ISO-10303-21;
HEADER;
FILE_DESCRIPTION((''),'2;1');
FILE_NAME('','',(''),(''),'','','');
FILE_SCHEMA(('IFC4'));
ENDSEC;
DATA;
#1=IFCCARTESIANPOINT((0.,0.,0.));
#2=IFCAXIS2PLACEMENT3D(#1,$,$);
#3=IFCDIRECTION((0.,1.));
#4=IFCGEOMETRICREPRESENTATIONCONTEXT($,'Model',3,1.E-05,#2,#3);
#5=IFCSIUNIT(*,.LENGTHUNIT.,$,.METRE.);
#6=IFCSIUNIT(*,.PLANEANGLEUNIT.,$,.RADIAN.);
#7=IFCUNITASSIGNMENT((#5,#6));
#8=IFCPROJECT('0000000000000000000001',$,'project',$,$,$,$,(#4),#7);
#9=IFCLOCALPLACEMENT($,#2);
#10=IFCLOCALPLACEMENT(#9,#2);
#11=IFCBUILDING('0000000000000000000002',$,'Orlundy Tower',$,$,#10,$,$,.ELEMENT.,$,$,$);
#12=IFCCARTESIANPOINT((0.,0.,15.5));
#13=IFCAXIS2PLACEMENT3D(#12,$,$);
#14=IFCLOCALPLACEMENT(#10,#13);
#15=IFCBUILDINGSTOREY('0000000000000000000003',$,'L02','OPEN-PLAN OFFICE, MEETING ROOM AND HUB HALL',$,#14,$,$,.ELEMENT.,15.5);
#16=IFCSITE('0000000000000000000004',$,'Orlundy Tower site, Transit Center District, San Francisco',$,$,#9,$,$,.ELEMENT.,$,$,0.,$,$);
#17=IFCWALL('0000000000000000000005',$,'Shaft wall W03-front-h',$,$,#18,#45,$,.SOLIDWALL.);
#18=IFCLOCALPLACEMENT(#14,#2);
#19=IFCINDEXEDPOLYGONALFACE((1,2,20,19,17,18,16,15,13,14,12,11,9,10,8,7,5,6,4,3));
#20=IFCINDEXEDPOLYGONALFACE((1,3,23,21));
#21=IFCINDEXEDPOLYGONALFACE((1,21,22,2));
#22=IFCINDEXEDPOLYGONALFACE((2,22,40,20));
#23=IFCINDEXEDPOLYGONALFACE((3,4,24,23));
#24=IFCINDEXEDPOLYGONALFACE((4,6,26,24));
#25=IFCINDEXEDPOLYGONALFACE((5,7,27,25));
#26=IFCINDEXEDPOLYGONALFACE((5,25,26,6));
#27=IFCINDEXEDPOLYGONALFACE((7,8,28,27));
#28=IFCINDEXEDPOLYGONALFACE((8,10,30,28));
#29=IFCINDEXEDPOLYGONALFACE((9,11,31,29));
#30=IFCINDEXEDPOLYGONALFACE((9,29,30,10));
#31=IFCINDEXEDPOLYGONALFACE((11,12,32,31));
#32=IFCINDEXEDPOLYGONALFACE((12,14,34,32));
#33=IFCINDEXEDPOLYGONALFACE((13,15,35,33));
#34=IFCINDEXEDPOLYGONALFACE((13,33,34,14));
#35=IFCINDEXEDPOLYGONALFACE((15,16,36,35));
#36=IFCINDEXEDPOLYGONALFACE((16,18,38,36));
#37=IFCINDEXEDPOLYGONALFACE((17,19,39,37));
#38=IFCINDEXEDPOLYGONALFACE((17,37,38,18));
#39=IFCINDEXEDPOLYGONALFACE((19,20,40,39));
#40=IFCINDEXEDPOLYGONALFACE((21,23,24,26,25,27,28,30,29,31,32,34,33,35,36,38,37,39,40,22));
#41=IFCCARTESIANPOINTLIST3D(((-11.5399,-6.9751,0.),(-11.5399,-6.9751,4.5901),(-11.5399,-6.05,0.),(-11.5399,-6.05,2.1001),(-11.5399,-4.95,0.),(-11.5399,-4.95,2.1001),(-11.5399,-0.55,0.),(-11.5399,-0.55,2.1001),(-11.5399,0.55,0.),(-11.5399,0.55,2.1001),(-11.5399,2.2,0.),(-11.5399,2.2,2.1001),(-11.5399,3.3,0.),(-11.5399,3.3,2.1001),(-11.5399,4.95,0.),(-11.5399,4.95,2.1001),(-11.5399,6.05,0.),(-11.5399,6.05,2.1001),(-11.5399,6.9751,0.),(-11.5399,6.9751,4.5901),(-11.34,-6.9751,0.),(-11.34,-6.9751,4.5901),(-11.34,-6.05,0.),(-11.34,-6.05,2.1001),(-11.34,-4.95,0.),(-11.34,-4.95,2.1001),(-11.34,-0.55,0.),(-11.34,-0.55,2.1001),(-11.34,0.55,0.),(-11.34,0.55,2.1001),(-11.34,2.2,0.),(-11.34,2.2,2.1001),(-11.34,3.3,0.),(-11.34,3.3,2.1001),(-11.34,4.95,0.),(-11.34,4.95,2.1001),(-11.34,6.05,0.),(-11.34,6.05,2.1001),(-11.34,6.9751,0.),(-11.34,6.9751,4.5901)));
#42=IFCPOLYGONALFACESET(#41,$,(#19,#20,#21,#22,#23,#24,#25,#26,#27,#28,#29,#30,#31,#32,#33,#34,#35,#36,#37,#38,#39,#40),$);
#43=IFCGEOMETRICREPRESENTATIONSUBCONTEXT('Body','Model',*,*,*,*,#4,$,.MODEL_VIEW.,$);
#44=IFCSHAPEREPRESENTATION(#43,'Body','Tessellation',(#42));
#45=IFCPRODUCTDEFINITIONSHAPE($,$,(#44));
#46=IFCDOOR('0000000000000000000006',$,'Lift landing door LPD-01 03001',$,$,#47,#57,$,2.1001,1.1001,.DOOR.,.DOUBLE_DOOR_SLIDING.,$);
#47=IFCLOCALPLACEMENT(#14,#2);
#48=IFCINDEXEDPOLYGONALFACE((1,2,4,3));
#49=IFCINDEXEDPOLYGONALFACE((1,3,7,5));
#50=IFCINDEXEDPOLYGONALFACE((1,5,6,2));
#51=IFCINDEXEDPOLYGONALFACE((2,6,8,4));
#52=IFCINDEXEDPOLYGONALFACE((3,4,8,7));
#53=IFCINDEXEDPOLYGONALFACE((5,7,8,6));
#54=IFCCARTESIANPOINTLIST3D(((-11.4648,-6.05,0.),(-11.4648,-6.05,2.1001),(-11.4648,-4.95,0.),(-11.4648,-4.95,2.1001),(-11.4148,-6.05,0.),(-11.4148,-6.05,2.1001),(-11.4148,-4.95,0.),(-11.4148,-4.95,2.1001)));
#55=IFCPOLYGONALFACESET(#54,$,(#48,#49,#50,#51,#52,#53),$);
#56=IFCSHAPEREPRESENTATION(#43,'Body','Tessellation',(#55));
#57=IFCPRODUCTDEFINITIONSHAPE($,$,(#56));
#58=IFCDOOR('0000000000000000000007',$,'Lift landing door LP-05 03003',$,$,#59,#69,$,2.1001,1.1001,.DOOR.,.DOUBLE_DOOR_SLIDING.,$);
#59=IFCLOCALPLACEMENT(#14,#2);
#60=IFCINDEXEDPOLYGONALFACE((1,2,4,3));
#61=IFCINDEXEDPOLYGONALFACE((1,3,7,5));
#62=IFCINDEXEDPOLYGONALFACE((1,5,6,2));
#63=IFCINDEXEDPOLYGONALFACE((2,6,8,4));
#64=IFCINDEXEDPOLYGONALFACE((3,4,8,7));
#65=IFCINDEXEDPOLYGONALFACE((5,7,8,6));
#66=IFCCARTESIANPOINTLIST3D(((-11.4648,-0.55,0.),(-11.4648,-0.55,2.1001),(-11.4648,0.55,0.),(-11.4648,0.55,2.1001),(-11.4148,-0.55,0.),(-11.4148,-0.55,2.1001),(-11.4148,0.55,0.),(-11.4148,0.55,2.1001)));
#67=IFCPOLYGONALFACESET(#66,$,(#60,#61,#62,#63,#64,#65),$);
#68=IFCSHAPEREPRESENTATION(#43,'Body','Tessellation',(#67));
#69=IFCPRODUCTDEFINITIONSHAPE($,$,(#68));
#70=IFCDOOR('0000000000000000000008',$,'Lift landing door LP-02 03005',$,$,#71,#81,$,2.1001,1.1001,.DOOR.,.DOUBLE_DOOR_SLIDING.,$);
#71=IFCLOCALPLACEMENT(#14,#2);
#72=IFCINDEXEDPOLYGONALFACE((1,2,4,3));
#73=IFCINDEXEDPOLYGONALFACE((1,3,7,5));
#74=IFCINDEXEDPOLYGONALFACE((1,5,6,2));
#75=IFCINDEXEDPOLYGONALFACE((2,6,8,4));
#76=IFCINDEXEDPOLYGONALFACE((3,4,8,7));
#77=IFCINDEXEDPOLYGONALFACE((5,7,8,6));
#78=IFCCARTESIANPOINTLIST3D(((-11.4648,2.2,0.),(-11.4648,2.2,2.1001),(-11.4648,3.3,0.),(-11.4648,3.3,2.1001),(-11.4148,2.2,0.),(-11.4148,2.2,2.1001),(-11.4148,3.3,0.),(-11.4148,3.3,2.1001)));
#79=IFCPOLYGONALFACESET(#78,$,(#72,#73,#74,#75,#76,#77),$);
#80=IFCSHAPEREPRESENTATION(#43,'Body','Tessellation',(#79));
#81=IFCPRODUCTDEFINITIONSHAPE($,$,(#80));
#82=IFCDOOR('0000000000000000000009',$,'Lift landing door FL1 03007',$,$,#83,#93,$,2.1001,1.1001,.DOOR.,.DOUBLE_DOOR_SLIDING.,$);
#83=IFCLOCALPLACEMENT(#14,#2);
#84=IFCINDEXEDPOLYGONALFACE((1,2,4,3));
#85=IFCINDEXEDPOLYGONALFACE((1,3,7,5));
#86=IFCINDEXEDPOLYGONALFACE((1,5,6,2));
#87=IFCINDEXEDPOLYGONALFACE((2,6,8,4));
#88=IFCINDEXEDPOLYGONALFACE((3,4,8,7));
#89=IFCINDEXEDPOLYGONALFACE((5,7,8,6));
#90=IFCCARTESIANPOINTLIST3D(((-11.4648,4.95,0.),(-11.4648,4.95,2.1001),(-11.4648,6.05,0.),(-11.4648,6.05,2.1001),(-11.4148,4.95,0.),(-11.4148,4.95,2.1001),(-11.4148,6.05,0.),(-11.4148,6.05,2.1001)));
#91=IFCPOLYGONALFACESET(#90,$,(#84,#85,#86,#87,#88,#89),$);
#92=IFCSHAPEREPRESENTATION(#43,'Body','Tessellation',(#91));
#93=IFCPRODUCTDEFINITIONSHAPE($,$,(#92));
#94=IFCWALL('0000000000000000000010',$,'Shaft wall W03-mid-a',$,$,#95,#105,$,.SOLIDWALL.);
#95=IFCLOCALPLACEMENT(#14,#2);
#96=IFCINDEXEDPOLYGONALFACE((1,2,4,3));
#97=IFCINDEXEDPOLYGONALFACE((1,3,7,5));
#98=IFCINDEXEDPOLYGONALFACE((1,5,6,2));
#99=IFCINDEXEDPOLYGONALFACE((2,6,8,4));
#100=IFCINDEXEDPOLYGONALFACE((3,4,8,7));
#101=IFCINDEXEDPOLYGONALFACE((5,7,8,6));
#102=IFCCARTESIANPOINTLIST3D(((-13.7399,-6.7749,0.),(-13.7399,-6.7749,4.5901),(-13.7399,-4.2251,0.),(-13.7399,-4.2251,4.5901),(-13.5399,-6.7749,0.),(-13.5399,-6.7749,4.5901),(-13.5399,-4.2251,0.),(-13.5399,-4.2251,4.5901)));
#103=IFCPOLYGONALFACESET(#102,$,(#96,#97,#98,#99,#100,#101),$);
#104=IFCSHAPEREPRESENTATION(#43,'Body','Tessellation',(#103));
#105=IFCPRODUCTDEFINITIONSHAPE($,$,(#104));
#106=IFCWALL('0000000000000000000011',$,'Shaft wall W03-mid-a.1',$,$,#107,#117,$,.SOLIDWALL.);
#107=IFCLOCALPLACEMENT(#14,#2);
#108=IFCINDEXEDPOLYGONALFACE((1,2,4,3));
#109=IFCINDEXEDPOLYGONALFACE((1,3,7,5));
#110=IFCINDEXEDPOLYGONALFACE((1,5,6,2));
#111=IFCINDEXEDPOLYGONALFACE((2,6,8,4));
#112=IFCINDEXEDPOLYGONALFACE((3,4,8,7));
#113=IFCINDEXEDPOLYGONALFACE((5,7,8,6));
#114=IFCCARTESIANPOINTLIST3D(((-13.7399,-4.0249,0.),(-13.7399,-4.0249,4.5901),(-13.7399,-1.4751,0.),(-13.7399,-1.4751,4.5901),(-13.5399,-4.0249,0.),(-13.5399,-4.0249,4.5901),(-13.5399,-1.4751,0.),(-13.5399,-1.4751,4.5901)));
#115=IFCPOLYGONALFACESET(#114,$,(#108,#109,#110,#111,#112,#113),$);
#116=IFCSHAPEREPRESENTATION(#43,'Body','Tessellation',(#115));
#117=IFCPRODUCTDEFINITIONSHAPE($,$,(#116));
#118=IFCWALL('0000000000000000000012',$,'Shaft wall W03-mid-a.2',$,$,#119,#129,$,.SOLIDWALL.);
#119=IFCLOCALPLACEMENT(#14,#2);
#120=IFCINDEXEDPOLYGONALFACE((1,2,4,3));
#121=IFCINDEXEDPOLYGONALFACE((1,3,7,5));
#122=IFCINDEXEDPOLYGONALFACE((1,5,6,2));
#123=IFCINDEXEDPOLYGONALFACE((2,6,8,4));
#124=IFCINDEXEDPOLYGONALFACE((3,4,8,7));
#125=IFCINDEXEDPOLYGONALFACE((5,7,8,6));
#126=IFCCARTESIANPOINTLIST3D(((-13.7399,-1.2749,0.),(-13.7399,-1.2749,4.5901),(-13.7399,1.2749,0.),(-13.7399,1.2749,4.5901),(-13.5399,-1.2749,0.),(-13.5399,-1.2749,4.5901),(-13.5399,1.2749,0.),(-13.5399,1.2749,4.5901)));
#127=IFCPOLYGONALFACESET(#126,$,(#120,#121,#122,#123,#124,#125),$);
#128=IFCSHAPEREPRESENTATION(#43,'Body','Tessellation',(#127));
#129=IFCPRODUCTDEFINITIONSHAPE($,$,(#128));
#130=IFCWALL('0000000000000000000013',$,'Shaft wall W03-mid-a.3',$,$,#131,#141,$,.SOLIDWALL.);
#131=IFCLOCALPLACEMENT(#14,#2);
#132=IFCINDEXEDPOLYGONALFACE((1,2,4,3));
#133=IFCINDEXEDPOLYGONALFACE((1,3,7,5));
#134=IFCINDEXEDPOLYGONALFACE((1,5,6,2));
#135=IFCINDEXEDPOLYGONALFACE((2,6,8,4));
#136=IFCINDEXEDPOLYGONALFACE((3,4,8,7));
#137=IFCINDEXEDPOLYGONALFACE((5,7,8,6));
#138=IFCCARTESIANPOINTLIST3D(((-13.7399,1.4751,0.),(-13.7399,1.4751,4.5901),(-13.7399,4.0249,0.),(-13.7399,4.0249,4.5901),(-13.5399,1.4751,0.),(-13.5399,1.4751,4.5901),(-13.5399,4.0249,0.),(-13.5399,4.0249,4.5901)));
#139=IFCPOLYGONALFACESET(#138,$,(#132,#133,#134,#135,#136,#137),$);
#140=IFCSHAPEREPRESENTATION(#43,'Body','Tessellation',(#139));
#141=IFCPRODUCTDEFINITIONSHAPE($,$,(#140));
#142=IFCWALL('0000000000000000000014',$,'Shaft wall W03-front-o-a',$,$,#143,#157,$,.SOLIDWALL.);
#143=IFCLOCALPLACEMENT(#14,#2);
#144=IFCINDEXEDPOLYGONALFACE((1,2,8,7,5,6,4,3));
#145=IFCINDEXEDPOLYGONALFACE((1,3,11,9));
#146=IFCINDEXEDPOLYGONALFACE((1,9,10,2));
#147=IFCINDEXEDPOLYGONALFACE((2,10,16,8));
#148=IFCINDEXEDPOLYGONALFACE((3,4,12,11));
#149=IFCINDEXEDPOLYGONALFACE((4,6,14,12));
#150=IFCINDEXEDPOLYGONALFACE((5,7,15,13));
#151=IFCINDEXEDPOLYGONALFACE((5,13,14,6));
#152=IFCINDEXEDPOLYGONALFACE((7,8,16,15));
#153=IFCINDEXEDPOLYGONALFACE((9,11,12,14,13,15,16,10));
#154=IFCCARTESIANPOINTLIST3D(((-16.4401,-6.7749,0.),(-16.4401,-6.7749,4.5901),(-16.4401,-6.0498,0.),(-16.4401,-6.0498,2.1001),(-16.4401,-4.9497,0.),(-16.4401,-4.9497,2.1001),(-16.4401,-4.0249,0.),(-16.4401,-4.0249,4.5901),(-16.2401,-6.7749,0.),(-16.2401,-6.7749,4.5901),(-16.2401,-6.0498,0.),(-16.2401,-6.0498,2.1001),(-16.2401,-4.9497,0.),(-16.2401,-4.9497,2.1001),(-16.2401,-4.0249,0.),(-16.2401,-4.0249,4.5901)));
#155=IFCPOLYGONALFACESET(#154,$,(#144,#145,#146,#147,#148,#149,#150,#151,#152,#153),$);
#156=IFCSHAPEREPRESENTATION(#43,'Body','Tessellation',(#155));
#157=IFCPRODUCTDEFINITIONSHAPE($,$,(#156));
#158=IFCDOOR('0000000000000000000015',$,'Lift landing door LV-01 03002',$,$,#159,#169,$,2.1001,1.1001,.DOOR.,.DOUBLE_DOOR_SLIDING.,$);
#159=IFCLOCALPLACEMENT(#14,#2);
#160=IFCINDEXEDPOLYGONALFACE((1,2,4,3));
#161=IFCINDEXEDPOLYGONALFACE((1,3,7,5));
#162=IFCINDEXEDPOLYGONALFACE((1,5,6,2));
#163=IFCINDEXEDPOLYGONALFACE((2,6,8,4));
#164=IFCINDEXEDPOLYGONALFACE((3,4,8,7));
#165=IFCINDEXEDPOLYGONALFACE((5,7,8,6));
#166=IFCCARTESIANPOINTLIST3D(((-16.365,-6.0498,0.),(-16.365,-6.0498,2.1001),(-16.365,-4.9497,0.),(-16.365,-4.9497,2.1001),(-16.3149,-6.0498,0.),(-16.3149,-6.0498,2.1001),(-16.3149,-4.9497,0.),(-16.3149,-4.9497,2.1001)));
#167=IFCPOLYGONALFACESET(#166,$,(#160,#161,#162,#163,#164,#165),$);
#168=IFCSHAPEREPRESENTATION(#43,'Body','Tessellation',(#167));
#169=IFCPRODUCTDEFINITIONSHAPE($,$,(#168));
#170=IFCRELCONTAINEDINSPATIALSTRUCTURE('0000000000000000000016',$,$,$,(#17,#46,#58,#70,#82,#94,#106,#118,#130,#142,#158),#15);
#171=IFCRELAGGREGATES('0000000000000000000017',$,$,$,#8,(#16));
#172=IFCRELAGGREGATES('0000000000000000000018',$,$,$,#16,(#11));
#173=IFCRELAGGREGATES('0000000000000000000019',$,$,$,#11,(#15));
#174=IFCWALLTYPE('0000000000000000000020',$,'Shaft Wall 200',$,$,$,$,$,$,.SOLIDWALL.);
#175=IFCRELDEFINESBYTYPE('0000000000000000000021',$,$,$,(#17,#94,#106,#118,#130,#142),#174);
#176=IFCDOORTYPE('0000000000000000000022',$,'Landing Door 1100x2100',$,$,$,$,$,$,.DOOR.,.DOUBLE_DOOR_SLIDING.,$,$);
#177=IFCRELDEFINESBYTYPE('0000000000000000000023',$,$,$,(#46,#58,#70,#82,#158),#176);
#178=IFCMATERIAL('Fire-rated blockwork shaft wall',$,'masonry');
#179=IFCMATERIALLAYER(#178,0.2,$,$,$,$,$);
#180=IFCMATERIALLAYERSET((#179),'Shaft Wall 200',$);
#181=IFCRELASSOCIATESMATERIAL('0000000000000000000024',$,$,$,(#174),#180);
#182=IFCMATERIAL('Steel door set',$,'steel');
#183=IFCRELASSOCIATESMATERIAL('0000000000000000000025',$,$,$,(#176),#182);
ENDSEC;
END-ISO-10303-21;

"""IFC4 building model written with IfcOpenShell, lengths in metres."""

from ifc_helpers import new_model, si_unit, direction, frame, frame_2d, origin, place, context, subcontext, project, spatial, rectangle, extrude, material, layer, layer_set, type_object, element, fill, save


model = new_model("IFC4")

# Units and contexts
model_context = context("Model", 3, precision=1e-05, world=origin(), true_north=direction((0.0, 1.0)))
body_context = subcontext(model_context, "Body", "Model", "MODEL_VIEW")
ifc_project = project(units=[si_unit("LENGTHUNIT", "METRE"), si_unit("PLANEANGLEUNIT", "RADIAN")], contexts=[model_context])

# Site, building, storey
site_placement = place(None, origin())
site = spatial("IfcSite", under=ifc_project, at=site_placement, Name="Orlundy Tower site, Transit Center District, San Francisco", CompositionType="ELEMENT", RefElevation=0.0)
building_placement = place(site_placement, origin())
building = spatial("IfcBuilding", under=site, at=building_placement, Name="Orlundy Tower", CompositionType="ELEMENT")
storey_placement = place(building_placement, frame((0.0, 0.0, 15.5)))
storey = spatial("IfcBuildingStorey", under=building, at=storey_placement, Name="L02", Description="OPEN-PLAN OFFICE, MEETING ROOM AND HUB HALL", CompositionType="ELEMENT", Elevation=15.5)

# Shared definitions
ifc_material_1 = material(Name="Fire-rated blockwork shaft wall", Category="masonry")
ifc_layer_1 = layer(ifc_material_1, 0.2)
ifc_layer_set_1 = layer_set([ifc_layer_1], Name="Shaft Wall 200")
wall_type_1 = type_object("IfcWallType", Name="Shaft Wall 200", PredefinedType="SOLIDWALL", material=ifc_layer_set_1)

# Wall, openings, doors
wall_1_placement = place(storey_placement, frame((-11.4399, -6.9751, 0.0), z_axis=(0.0, 0.0, 1.0), x_axis=(0.0, 1.0, 0.0)))
wall_1 = element("IfcWall", 1, at=wall_1_placement, inside=storey, type_object=wall_type_1, Name="Shaft wall W03-front-h", PredefinedType="SOLIDWALL", context=body_context, shape_type="SweptSolid", body=[
    extrude(rectangle(XDim=13.9502, YDim=0.2, at=frame_2d((6.9751, 0.0))), origin(), (0.0, 0.0, 1.0), 4.5901),
])
opening_1_placement = place(wall_1_placement, frame((0.925, 0.0, 0.0)))
opening_1 = element("IfcOpeningElement", 2, at=opening_1_placement, cuts=wall_1, PredefinedType="OPENING", context=body_context, shape_type="SweptSolid", body=[
    extrude(rectangle(XDim=1.1001, YDim=2.1001, at=frame_2d((0.55, 1.05))), frame((0.0, 0.1101, 0.0), z_axis=(0.0, -1.0, 0.0), x_axis=(1.0, 0.0, 0.0)), (0.0, 0.0, 1.0), 0.2202),
])
opening_2_placement = place(wall_1_placement, frame((6.425, 0.0, 0.0)))
opening_2 = element("IfcOpeningElement", 3, at=opening_2_placement, cuts=wall_1, PredefinedType="OPENING", context=body_context, shape_type="SweptSolid", body=[
    extrude(rectangle(XDim=1.1001, YDim=2.1001, at=frame_2d((0.55, 1.05))), frame((0.0, 0.1101, 0.0), z_axis=(0.0, -1.0, 0.0), x_axis=(1.0, 0.0, 0.0)), (0.0, 0.0, 1.0), 0.2202),
])
opening_3_placement = place(wall_1_placement, frame((9.175, 0.0, 0.0)))
opening_3 = element("IfcOpeningElement", 4, at=opening_3_placement, cuts=wall_1, PredefinedType="OPENING", context=body_context, shape_type="SweptSolid", body=[
    extrude(rectangle(XDim=1.1001, YDim=2.1001, at=frame_2d((0.55, 1.05))), frame((0.0, 0.1101, 0.0), z_axis=(0.0, -1.0, 0.0), x_axis=(1.0, 0.0, 0.0)), (0.0, 0.0, 1.0), 0.2202),
])
opening_4_placement = place(wall_1_placement, frame((11.925, 0.0, 0.0)))
opening_4 = element("IfcOpeningElement", 5, at=opening_4_placement, cuts=wall_1, PredefinedType="OPENING", context=body_context, shape_type="SweptSolid", body=[
    extrude(rectangle(XDim=1.1001, YDim=2.1001, at=frame_2d((0.55, 1.05))), frame((0.0, 0.1101, 0.0), z_axis=(0.0, -1.0, 0.0), x_axis=(1.0, 0.0, 0.0)), (0.0, 0.0, 1.0), 0.2202),
])
ifc_material_2 = material(Name="Steel door set", Category="steel")
door_type_1 = type_object("IfcDoorType", Name="Landing Door 1100x2100", OperationType="DOUBLE_DOOR_SLIDING", PredefinedType="DOOR", material=ifc_material_2)
door_1_placement = place(opening_1_placement, origin())
door_1 = element("IfcDoor", 6, at=door_1_placement, inside=storey, type_object=door_type_1, Name="Lift landing door LPD-01 03001", OperationType="DOUBLE_DOOR_SLIDING", OverallHeight=2.1001, OverallWidth=1.1001, PredefinedType="DOOR", context=body_context, shape_type="SweptSolid", body=[
    extrude(rectangle(XDim=1.1001, YDim=2.1001, at=frame_2d((0.55, 1.05))), frame((0.0, 0.0249, 0.0), z_axis=(0.0, -1.0, 0.0), x_axis=(1.0, 0.0, 0.0)), (0.0, 0.0, 1.0), 0.05),
])
fill(opening_1, door_1)
door_2_placement = place(opening_2_placement, origin())
door_2 = element("IfcDoor", 7, at=door_2_placement, inside=storey, type_object=door_type_1, Name="Lift landing door LP-05 03003", OperationType="DOUBLE_DOOR_SLIDING", OverallHeight=2.1001, OverallWidth=1.1001, PredefinedType="DOOR", context=body_context, shape_type="SweptSolid", body=[
    extrude(rectangle(XDim=1.1001, YDim=2.1001, at=frame_2d((0.55, 1.05))), frame((0.0, 0.0249, 0.0), z_axis=(0.0, -1.0, 0.0), x_axis=(1.0, 0.0, 0.0)), (0.0, 0.0, 1.0), 0.05),
])
fill(opening_2, door_2)
door_3_placement = place(opening_3_placement, origin())
door_3 = element("IfcDoor", 8, at=door_3_placement, inside=storey, type_object=door_type_1, Name="Lift landing door LP-02 03005", OperationType="DOUBLE_DOOR_SLIDING", OverallHeight=2.1001, OverallWidth=1.1001, PredefinedType="DOOR", context=body_context, shape_type="SweptSolid", body=[
    extrude(rectangle(XDim=1.1001, YDim=2.1001, at=frame_2d((0.55, 1.05))), frame((0.0, 0.0249, 0.0), z_axis=(0.0, -1.0, 0.0), x_axis=(1.0, 0.0, 0.0)), (0.0, 0.0, 1.0), 0.05),
])
fill(opening_3, door_3)
door_4_placement = place(opening_4_placement, origin())
door_4 = element("IfcDoor", 9, at=door_4_placement, inside=storey, type_object=door_type_1, Name="Lift landing door FL1 03007", OperationType="DOUBLE_DOOR_SLIDING", OverallHeight=2.1001, OverallWidth=1.1001, PredefinedType="DOOR", context=body_context, shape_type="SweptSolid", body=[
    extrude(rectangle(XDim=1.1001, YDim=2.1001, at=frame_2d((0.55, 1.05))), frame((0.0, 0.0249, 0.0), z_axis=(0.0, -1.0, 0.0), x_axis=(1.0, 0.0, 0.0)), (0.0, 0.0, 1.0), 0.05),
])
fill(opening_4, door_4)

# Walls
for number, where, z_axis, x_axis, name in (
    (10, (-13.6399, -6.7749, 0.0), (0.0, 0.0, 1.0), (0.0, 1.0, 0.0), "Shaft wall W03-mid-a"),
    (11, (-13.6399, -4.0249, 0.0), (0.0, 0.0, 1.0), (0.0, 1.0, 0.0), "Shaft wall W03-mid-a.1"),
    (12, (-13.6399, -1.2749, 0.0), (0.0, 0.0, 1.0), (0.0, 1.0, 0.0), "Shaft wall W03-mid-a.2"),
    (13, (-13.6399, 1.4751, 0.0), (0.0, 0.0, 1.0), (0.0, 1.0, 0.0), "Shaft wall W03-mid-a.3"),
):
    element("IfcWall", number, at=place(storey_placement, frame(where, z_axis=z_axis, x_axis=x_axis)), inside=storey, type_object=wall_type_1, Name=name, PredefinedType="SOLIDWALL", context=body_context, shape_type="SweptSolid", body=[
        extrude(rectangle(XDim=2.5498, YDim=0.2, at=frame_2d((1.2749, 0.0))), origin(), (0.0, 0.0, 1.0), 4.5901),
    ])

# Wall, opening, door
wall_2_placement = place(storey_placement, frame((-16.3401, -6.7749, 0.0), z_axis=(0.0, 0.0, 1.0), x_axis=(0.0, 1.0, 0.0)))
wall_2 = element("IfcWall", 14, at=wall_2_placement, inside=storey, type_object=wall_type_1, Name="Shaft wall W03-front-o-a", PredefinedType="SOLIDWALL", context=body_context, shape_type="SweptSolid", body=[
    extrude(rectangle(XDim=2.75, YDim=0.2, at=frame_2d((1.375, 0.0))), origin(), (0.0, 0.0, 1.0), 4.5901),
])
opening_5_placement = place(wall_2_placement, frame((0.7251, 0.0, 0.0)))
opening_5 = element("IfcOpeningElement", 15, at=opening_5_placement, cuts=wall_2, PredefinedType="OPENING", context=body_context, shape_type="SweptSolid", body=[
    extrude(rectangle(XDim=1.1001, YDim=2.1001, at=frame_2d((0.55, 1.05))), frame((0.0, 0.1101, 0.0), z_axis=(0.0, -1.0, 0.0), x_axis=(1.0, 0.0, 0.0)), (0.0, 0.0, 1.0), 0.2202),
])
door_5_placement = place(opening_5_placement, origin())
door_5 = element("IfcDoor", 16, at=door_5_placement, inside=storey, type_object=door_type_1, Name="Lift landing door LV-01 03002", OperationType="DOUBLE_DOOR_SLIDING", OverallHeight=2.1001, OverallWidth=1.1001, PredefinedType="DOOR", context=body_context, shape_type="SweptSolid", body=[
    extrude(rectangle(XDim=1.1001, YDim=2.1001, at=frame_2d((0.55, 1.05))), frame((0.0, 0.0249, 0.0), z_axis=(0.0, -1.0, 0.0), x_axis=(1.0, 0.0, 0.0)), (0.0, 0.0, 1.0), 0.05),
])
fill(opening_5, door_5)

save(model, "model.ifc")
